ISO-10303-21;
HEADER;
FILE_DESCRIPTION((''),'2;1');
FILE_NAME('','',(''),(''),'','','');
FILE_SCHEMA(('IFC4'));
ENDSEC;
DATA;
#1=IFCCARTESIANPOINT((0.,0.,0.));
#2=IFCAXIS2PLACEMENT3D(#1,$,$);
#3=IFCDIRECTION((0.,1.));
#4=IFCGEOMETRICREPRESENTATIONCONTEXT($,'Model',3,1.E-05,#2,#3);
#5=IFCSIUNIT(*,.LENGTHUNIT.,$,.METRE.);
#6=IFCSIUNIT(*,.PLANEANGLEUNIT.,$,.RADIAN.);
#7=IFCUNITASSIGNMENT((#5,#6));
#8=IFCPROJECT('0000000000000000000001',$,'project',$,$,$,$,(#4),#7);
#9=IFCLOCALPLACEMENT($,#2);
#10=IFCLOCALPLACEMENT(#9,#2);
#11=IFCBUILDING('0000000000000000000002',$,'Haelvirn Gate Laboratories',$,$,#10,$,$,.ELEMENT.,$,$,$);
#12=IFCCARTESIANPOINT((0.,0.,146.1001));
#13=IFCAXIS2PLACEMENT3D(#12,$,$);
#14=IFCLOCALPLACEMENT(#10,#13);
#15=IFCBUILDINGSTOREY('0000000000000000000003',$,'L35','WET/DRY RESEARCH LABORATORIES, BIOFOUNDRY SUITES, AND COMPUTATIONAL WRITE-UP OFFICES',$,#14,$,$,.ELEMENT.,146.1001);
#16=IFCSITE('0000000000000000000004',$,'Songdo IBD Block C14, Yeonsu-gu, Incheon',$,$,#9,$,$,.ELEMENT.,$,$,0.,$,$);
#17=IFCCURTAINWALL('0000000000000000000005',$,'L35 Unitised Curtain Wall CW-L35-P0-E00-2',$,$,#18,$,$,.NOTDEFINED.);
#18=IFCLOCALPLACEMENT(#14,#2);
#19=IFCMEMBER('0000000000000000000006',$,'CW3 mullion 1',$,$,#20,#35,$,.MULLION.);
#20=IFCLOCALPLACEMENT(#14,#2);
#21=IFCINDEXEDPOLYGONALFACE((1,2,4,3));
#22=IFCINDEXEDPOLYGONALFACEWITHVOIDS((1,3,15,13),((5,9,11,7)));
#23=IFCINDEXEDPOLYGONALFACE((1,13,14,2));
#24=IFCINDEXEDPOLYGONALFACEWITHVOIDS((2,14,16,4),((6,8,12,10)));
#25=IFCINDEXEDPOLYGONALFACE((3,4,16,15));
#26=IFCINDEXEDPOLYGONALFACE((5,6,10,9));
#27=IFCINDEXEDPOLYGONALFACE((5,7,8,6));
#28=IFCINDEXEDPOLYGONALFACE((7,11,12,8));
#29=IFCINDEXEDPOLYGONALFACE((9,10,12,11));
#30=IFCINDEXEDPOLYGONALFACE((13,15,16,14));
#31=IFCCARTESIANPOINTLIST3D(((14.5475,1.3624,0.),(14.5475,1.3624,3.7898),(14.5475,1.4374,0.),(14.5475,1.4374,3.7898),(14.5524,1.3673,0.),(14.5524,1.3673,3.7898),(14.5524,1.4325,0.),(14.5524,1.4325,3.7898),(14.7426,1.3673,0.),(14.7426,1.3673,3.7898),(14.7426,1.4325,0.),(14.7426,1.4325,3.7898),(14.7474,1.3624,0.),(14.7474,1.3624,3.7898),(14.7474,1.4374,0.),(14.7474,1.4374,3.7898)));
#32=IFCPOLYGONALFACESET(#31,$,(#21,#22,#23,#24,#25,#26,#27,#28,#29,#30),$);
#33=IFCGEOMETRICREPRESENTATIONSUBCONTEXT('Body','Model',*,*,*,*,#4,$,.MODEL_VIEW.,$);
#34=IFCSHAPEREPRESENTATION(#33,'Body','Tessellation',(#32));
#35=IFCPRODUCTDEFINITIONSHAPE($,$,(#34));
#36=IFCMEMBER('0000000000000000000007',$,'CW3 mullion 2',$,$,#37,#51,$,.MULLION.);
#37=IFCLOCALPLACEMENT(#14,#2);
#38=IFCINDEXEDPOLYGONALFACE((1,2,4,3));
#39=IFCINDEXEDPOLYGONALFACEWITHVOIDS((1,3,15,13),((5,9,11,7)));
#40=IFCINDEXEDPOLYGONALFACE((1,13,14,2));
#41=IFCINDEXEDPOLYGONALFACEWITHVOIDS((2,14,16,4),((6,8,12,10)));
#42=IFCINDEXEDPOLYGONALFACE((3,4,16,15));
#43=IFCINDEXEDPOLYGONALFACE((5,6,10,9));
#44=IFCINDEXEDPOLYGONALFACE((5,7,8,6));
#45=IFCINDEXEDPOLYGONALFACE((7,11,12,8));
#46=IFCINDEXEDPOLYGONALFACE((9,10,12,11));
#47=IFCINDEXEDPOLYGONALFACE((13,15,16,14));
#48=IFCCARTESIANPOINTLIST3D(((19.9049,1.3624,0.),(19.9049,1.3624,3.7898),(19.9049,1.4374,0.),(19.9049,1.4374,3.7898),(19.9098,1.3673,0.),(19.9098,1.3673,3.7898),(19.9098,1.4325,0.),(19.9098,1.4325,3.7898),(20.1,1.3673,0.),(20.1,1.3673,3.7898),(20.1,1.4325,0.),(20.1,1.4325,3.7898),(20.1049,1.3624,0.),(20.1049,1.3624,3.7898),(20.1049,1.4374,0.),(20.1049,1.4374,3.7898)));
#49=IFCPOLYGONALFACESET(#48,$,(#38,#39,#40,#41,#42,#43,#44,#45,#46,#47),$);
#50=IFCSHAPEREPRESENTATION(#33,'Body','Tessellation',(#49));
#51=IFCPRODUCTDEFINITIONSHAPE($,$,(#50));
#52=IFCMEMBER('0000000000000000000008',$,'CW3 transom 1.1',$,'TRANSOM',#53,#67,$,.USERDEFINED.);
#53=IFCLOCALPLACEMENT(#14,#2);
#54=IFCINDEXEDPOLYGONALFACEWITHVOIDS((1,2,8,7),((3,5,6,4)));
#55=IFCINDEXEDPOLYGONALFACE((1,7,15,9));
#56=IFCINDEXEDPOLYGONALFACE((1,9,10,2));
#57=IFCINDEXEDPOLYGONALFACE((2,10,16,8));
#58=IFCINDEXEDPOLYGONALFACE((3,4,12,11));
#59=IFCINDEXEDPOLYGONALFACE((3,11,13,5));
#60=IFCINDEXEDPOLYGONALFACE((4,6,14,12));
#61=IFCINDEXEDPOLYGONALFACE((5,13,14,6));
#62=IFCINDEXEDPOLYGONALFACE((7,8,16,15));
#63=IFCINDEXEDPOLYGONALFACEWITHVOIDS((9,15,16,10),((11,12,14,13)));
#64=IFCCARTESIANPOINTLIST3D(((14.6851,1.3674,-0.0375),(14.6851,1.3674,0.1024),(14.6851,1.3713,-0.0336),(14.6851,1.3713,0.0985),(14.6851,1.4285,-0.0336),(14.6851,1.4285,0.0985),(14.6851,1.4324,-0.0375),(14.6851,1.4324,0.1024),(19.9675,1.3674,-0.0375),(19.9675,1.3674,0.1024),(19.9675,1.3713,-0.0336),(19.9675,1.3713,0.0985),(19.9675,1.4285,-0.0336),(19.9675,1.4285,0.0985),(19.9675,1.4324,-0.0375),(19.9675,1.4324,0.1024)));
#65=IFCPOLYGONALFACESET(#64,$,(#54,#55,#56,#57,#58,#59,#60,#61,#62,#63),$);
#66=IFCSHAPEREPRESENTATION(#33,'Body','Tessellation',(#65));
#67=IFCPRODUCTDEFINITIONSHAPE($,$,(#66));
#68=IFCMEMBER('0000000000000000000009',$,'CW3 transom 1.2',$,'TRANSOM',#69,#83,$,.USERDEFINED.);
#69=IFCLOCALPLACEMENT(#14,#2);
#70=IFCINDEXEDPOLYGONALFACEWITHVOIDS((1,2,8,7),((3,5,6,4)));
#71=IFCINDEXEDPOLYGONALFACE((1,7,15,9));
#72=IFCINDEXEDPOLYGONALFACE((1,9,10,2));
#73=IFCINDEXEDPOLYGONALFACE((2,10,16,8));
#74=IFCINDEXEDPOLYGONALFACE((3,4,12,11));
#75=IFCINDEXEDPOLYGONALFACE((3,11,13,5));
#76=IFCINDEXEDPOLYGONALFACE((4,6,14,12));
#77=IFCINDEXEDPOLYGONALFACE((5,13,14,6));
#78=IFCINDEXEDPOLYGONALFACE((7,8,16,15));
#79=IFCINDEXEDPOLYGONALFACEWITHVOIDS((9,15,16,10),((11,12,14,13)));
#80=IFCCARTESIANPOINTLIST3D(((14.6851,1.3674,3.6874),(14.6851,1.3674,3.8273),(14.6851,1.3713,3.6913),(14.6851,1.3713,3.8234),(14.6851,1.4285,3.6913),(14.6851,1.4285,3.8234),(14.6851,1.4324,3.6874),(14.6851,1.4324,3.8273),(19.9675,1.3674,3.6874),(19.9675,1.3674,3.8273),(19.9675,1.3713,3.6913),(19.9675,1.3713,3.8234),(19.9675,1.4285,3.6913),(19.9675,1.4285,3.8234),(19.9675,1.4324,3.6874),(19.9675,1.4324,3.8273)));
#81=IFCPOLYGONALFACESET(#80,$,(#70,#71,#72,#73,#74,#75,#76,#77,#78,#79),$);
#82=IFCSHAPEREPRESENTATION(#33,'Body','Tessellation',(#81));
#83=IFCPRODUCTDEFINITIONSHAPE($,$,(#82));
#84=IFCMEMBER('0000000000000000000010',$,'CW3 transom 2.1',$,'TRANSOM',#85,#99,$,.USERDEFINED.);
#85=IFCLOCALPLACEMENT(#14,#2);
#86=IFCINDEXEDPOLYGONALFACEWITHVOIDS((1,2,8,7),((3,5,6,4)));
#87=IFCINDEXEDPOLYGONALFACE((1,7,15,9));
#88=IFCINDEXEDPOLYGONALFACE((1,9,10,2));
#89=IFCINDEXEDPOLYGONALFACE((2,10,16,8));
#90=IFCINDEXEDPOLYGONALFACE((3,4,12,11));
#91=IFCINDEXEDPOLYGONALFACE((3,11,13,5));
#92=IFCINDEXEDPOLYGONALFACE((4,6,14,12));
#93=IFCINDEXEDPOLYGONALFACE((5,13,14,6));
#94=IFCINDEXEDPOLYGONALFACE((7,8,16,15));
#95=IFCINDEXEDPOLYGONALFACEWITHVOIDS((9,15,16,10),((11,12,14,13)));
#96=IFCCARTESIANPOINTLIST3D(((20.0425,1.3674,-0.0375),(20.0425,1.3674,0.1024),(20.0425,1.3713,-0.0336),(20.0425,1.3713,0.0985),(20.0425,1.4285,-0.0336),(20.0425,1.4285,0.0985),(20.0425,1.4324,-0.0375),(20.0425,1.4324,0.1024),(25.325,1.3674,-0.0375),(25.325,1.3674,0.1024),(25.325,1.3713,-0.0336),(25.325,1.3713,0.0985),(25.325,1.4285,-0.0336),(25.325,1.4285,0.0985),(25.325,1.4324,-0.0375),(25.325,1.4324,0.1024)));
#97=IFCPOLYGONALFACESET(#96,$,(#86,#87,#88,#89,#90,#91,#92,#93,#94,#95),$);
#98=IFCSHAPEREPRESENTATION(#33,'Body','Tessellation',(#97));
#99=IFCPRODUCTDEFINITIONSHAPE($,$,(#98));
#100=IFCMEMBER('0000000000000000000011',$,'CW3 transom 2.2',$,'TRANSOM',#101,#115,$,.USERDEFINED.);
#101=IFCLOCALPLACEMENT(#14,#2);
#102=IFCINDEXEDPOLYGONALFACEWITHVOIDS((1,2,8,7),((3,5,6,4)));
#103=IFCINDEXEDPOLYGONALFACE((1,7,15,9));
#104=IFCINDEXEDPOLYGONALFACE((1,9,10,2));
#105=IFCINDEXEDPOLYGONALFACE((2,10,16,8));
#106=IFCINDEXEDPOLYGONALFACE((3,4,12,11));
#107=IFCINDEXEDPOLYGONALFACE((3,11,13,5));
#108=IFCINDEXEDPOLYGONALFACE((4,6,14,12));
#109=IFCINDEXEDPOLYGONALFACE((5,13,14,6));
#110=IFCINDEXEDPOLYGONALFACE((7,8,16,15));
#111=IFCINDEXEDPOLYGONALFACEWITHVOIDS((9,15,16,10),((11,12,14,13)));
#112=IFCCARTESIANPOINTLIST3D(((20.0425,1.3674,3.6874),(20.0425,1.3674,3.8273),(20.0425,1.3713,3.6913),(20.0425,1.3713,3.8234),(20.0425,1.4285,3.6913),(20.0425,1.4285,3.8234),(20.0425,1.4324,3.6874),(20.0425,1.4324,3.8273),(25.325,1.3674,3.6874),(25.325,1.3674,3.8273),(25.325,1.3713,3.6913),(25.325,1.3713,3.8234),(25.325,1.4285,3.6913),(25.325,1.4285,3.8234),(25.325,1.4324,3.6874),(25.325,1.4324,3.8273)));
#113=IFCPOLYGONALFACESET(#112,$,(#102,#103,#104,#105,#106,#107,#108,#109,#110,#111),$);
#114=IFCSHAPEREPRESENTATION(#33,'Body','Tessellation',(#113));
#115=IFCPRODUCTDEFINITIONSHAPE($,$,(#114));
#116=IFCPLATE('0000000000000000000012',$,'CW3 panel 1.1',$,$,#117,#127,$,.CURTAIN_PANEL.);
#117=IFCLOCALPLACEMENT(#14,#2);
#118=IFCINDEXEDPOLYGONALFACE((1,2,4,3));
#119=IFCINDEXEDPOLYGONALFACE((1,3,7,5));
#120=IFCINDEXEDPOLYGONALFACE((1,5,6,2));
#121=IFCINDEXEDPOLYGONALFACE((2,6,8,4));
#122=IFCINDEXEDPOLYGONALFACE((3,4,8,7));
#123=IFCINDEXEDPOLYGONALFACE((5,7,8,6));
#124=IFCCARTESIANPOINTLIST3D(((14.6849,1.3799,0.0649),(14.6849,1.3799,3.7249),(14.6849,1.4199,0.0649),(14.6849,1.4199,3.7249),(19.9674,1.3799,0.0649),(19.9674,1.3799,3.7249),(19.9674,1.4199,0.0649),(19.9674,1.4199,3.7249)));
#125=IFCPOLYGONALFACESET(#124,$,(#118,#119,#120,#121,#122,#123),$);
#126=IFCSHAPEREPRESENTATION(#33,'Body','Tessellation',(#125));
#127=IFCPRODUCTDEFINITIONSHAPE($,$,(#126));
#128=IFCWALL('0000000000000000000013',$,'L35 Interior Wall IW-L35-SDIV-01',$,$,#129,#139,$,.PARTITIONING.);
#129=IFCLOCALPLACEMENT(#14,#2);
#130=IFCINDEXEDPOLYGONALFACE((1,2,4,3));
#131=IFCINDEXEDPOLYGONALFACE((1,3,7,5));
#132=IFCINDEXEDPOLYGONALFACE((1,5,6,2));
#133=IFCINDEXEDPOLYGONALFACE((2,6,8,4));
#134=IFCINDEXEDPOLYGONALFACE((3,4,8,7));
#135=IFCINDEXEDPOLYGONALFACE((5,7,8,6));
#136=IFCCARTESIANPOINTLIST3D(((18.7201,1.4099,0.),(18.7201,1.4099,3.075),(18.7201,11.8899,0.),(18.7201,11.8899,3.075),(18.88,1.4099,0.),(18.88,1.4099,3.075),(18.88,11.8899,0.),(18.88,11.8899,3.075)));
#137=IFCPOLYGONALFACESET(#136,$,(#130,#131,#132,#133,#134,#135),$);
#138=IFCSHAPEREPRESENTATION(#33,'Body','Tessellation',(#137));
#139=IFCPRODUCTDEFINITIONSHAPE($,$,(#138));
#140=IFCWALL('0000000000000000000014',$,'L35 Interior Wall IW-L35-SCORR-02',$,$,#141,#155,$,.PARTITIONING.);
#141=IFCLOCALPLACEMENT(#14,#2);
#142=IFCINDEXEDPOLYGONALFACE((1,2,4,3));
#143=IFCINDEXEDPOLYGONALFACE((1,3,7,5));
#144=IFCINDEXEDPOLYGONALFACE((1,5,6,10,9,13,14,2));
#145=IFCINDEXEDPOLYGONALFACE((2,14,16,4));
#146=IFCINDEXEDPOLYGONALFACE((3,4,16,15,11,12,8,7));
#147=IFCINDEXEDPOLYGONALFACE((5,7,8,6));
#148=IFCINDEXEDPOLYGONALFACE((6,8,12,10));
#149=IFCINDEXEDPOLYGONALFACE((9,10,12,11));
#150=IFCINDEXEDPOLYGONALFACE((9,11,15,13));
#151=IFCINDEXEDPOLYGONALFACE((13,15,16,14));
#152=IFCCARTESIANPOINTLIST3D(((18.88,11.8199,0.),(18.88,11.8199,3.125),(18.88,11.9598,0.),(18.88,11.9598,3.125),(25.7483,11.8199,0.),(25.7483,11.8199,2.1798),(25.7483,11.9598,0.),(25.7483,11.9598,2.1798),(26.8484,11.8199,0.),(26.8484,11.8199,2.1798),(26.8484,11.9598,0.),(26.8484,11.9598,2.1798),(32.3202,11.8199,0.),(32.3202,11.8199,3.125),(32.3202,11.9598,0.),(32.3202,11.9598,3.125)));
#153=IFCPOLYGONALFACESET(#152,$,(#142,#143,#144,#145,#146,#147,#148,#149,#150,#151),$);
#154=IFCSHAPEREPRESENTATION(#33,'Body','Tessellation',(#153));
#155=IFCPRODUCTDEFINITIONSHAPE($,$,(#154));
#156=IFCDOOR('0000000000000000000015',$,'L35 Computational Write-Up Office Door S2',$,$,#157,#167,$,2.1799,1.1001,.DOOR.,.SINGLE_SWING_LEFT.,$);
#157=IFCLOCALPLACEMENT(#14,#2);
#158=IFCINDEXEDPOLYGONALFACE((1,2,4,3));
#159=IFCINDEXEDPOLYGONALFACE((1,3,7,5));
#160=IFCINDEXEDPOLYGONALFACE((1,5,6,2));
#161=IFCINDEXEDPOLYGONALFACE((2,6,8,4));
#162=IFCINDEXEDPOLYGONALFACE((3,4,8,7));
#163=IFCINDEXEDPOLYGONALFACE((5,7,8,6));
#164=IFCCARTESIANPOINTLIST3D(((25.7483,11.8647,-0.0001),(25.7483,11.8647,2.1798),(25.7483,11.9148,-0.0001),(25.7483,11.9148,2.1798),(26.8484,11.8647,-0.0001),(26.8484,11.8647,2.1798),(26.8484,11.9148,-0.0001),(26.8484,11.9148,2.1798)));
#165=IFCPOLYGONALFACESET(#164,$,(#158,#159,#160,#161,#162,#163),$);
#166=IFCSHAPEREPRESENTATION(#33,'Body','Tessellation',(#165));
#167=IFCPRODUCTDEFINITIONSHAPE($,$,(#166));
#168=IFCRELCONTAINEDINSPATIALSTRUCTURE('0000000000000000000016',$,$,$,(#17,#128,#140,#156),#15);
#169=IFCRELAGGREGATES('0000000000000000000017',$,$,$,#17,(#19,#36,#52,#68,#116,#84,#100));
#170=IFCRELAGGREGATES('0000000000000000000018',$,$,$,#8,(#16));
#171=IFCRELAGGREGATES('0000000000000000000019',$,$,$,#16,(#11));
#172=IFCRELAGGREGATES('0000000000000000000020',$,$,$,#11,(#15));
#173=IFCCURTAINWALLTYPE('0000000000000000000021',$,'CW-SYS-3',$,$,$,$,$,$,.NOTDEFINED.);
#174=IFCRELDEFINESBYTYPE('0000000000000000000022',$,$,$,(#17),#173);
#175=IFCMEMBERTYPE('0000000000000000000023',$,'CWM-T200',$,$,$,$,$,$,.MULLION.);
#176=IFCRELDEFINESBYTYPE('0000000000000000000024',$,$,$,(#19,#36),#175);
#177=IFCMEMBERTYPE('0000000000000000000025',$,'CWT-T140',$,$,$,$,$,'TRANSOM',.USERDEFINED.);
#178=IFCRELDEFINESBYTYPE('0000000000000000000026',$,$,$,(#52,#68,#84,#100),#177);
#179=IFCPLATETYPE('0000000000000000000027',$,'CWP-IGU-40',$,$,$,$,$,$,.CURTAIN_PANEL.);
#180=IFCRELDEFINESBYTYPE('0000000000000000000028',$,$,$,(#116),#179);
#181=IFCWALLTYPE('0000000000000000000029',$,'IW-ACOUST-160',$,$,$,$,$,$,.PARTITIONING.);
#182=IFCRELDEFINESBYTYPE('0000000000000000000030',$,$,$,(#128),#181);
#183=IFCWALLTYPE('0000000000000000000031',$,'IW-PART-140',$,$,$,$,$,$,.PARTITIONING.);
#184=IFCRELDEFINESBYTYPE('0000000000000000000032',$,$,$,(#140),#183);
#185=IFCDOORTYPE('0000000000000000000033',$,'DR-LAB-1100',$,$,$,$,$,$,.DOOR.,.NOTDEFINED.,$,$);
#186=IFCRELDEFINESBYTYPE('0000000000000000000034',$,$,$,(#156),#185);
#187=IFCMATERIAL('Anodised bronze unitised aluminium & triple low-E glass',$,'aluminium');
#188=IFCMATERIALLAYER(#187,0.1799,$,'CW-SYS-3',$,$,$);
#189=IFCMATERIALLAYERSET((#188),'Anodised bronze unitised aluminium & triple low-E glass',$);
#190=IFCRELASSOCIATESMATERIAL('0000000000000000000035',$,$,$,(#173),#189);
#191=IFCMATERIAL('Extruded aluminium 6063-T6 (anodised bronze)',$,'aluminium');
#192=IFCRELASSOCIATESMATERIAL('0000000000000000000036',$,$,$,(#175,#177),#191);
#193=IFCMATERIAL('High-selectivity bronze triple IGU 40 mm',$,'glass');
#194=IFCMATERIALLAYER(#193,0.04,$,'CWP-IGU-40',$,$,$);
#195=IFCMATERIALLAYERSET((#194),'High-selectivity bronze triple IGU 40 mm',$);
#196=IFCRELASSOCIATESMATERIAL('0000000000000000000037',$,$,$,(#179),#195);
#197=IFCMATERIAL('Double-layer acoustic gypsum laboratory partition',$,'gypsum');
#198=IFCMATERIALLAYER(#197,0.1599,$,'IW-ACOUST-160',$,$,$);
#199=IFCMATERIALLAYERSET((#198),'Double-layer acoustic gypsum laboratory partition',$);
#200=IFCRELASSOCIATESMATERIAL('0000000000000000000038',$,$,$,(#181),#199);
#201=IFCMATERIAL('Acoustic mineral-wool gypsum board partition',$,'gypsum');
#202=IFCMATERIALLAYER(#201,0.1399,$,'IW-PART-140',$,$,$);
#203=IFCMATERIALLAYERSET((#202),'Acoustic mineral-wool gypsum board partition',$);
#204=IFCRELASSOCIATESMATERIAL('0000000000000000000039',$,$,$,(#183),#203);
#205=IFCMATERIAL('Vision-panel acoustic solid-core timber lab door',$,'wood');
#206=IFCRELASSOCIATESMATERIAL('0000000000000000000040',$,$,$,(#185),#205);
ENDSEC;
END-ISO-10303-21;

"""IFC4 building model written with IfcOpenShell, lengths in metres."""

from ifc_helpers import new_model, si_unit, direction, frame, frame_2d, origin, origin_2d, place, context, subcontext, project, spatial, rectangle, hollow_rectangle, extrude, source, transform, mapped, material, layer, layer_set, material_profile, profile_set, type_object, type_shapes, element, fill, aggregate, save


model = new_model("IFC4")

# Units and contexts
model_context = context("Model", 3, precision=1e-05, world=origin(), true_north=direction((0.0, 1.0)))
body_context = subcontext(model_context, "Body", "Model", "MODEL_VIEW")
ifc_project = project(units=[si_unit("LENGTHUNIT", "METRE"), si_unit("PLANEANGLEUNIT", "RADIAN")], contexts=[model_context])

# Site, building, storey
site_placement = place(None, origin())
site = spatial("IfcSite", under=ifc_project, at=site_placement, Name="Songdo IBD Block C14, Yeonsu-gu, Incheon", CompositionType="ELEMENT", RefElevation=0.0)
building_placement = place(site_placement, origin())
building = spatial("IfcBuilding", under=site, at=building_placement, Name="Haelvirn Gate Laboratories", CompositionType="ELEMENT")
storey_placement = place(building_placement, frame((0.0, 0.0, 146.1001)))
storey = spatial("IfcBuildingStorey", under=building, at=storey_placement, Name="L35", Description="WET/DRY RESEARCH LABORATORIES, BIOFOUNDRY SUITES, AND COMPUTATIONAL WRITE-UP OFFICES", CompositionType="ELEMENT", Elevation=146.1001)

# Curtain wall, members, plate
ifc_material_1 = material(Name="Anodised bronze unitised aluminium & triple low-E glass", Category="aluminium")
ifc_layer_1 = layer(ifc_material_1, 0.1799, Name="CW-SYS-3")
ifc_layer_set_1 = layer_set([ifc_layer_1], Name="Anodised bronze unitised aluminium & triple low-E glass")
curtain_wall_type = type_object("IfcCurtainWallType", Name="CW-SYS-3", PredefinedType="NOTDEFINED", material=ifc_layer_set_1)
curtain_wall_placement = place(storey_placement, origin())
curtain_wall = element("IfcCurtainWall", 1, at=curtain_wall_placement, inside=storey, type_object=curtain_wall_type, Name="L35 Unitised Curtain Wall CW-L35-P0-E00-2", PredefinedType="NOTDEFINED")
ifc_material_2 = material(Name="Extruded aluminium 6063-T6 (anodised bronze)", Category="aluminium")
ifc_material_profile_1 = material_profile(ifc_material_2, hollow_rectangle(XDim=0.075, YDim=0.2, WallThickness=0.0049, at=origin_2d()), Name="CWM-200x75x5")
ifc_profile_set_1 = profile_set([ifc_material_profile_1], Name="Extruded aluminium 6063-T6 (anodised bronze)")
member_type_1 = type_object("IfcMemberType", Name="CWM-T200", PredefinedType="MULLION", material=ifc_profile_set_1)
shared_shape_1 = source(origin(), body_context, "Body", "SweptSolid", [
    extrude(hollow_rectangle(XDim=0.075, YDim=0.2, WallThickness=0.0049, at=origin_2d()), origin(), (0.0, 0.0, 1.0), 3.7898),
])
type_shapes(member_type_1, [shared_shape_1])
member_1_placement = place(storey_placement, frame((14.6475, 1.3999, 0.0), z_axis=(0.0, 0.0, 1.0), x_axis=(0.0, 1.0, 0.0)))
member_1 = element("IfcMember", 2, at=member_1_placement, type_object=member_type_1, Name="CW3 mullion 1", PredefinedType="MULLION", context=body_context, shape_type="MappedRepresentation", body=[
    mapped(shared_shape_1, transform((0.0, 0.0, 0.0), scale=1.0)),
])
member_2_placement = place(storey_placement, frame((20.0049, 1.3999, 0.0), z_axis=(0.0, 0.0, 1.0), x_axis=(0.0, 1.0, 0.0)))
member_2 = element("IfcMember", 3, at=member_2_placement, type_object=member_type_1, Name="CW3 mullion 2", PredefinedType="MULLION", context=body_context, shape_type="MappedRepresentation", body=[
    mapped(shared_shape_1, transform((0.0, 0.0, 0.0), scale=1.0)),
])
ifc_material_profile_2 = material_profile(ifc_material_2, hollow_rectangle(XDim=0.0649, YDim=0.1399, WallThickness=0.0039, at=origin_2d()), Name="CWT-140x65x4")
ifc_profile_set_2 = profile_set([ifc_material_profile_2], Name="Extruded aluminium 6063-T6 (anodised bronze)")
member_type_2 = type_object("IfcMemberType", Name="CWT-T140", ElementType="TRANSOM", PredefinedType="USERDEFINED", material=ifc_profile_set_2)
shared_shape_2 = source(origin(), body_context, "Body", "SweptSolid", [
    extrude(hollow_rectangle(XDim=0.0649, YDim=0.1399, WallThickness=0.0039, at=origin_2d()), origin(), (0.0, 0.0, 1.0), 5.2825),
])
type_shapes(member_type_2, [shared_shape_2])
member_3_placement = place(storey_placement, frame((14.6851, 1.3999, 0.0325), z_axis=(1.0, 0.0, 0.0), x_axis=(0.0, 1.0, 0.0)))
member_3 = element("IfcMember", 4, at=member_3_placement, type_object=member_type_2, Name="CW3 transom 1.1", ObjectType="TRANSOM", PredefinedType="USERDEFINED", context=body_context, shape_type="MappedRepresentation", body=[
    mapped(shared_shape_2, transform((0.0, 0.0, 0.0), scale=1.0)),
])
member_4_placement = place(storey_placement, frame((14.6851, 1.3999, 3.7573), z_axis=(1.0, 0.0, 0.0), x_axis=(0.0, 1.0, 0.0)))
member_4 = element("IfcMember", 5, at=member_4_placement, type_object=member_type_2, Name="CW3 transom 1.2", ObjectType="TRANSOM", PredefinedType="USERDEFINED", context=body_context, shape_type="MappedRepresentation", body=[
    mapped(shared_shape_2, transform((0.0, 0.0, 0.0), scale=1.0)),
])
member_5_placement = place(storey_placement, frame((20.0425, 1.3999, 0.0325), z_axis=(1.0, 0.0, 0.0), x_axis=(0.0, 1.0, 0.0)))
member_5 = element("IfcMember", 6, at=member_5_placement, type_object=member_type_2, Name="CW3 transom 2.1", ObjectType="TRANSOM", PredefinedType="USERDEFINED", context=body_context, shape_type="MappedRepresentation", body=[
    mapped(shared_shape_2, transform((0.0, 0.0, 0.0), scale=1.0)),
])
member_6_placement = place(storey_placement, frame((20.0425, 1.3999, 3.7573), z_axis=(1.0, 0.0, 0.0), x_axis=(0.0, 1.0, 0.0)))
member_6 = element("IfcMember", 7, at=member_6_placement, type_object=member_type_2, Name="CW3 transom 2.2", ObjectType="TRANSOM", PredefinedType="USERDEFINED", context=body_context, shape_type="MappedRepresentation", body=[
    mapped(shared_shape_2, transform((0.0, 0.0, 0.0), scale=1.0)),
])
ifc_material_3 = material(Name="High-selectivity bronze triple IGU 40 mm", Category="glass")
ifc_layer_2 = layer(ifc_material_3, 0.04, Name="CWP-IGU-40")
ifc_layer_set_2 = layer_set([ifc_layer_2], Name="High-selectivity bronze triple IGU 40 mm")
plate_type = type_object("IfcPlateType", Name="CWP-IGU-40", PredefinedType="CURTAIN_PANEL", material=ifc_layer_set_2)
shared_shape_3 = source(origin(), body_context, "Body", "SweptSolid", [
    extrude(rectangle(XDim=5.2825, YDim=0.04, at=origin_2d()), origin(), (0.0, 0.0, 1.0), 3.6599),
])
type_shapes(plate_type, [shared_shape_3])
plate_placement = place(storey_placement, frame((17.3262, 1.3999, 0.0649), z_axis=(0.0, 0.0, 1.0), x_axis=(1.0, 0.0, 0.0)))
plate = element("IfcPlate", 8, at=plate_placement, type_object=plate_type, Name="CW3 panel 1.1", PredefinedType="CURTAIN_PANEL", context=body_context, shape_type="MappedRepresentation", body=[
    mapped(shared_shape_3, transform((0.0, 0.0, 0.0), scale=1.0)),
])
aggregate(curtain_wall, [member_1, member_2, member_3, member_4, plate, member_5, member_6])

# Wall
ifc_material_4 = material(Name="Double-layer acoustic gypsum laboratory partition", Category="gypsum")
ifc_layer_3 = layer(ifc_material_4, 0.1599, Name="IW-ACOUST-160")
ifc_layer_set_3 = layer_set([ifc_layer_3], Name="Double-layer acoustic gypsum laboratory partition")
wall_type_1 = type_object("IfcWallType", Name="IW-ACOUST-160", PredefinedType="PARTITIONING", material=ifc_layer_set_3)
wall_1_placement = place(storey_placement, frame((18.8, 1.4099, 0.0), z_axis=(0.0, 0.0, 1.0), x_axis=(0.0, 1.0, 0.0)))
element("IfcWall", 9, at=wall_1_placement, inside=storey, type_object=wall_type_1, Name="L35 Interior Wall IW-L35-SDIV-01", PredefinedType="PARTITIONING", context=body_context, shape_type="SweptSolid", body=[
    extrude(rectangle(XDim=10.48, YDim=0.1599, at=frame_2d((5.24, 0.0))), origin(), (0.0, 0.0, 1.0), 3.075),
])

# Wall, opening, door
ifc_material_5 = material(Name="Acoustic mineral-wool gypsum board partition", Category="gypsum")
ifc_layer_4 = layer(ifc_material_5, 0.1399, Name="IW-PART-140")
ifc_layer_set_4 = layer_set([ifc_layer_4], Name="Acoustic mineral-wool gypsum board partition")
wall_type_2 = type_object("IfcWallType", Name="IW-PART-140", PredefinedType="PARTITIONING", material=ifc_layer_set_4)
wall_2_placement = place(storey_placement, frame((18.8799, 11.8899, 0.0), z_axis=(0.0, 0.0, 1.0), x_axis=(1.0, 0.0, 0.0)))
wall_2 = element("IfcWall", 10, at=wall_2_placement, inside=storey, type_object=wall_type_2, Name="L35 Interior Wall IW-L35-SCORR-02", PredefinedType="PARTITIONING", context=body_context, shape_type="SweptSolid", body=[
    extrude(rectangle(XDim=13.4402, YDim=0.1399, at=frame_2d((6.7202, 0.0))), origin(), (0.0, 0.0, 1.0), 3.125),
])
opening_1_placement = place(wall_2_placement, frame((6.8684, 0.0, 0.0)))
opening_1 = element("IfcOpeningElement", 11, at=opening_1_placement, cuts=wall_2, PredefinedType="OPENING", context=body_context, shape_type="SweptSolid", body=[
    extrude(rectangle(XDim=1.1001, YDim=2.1799, at=frame_2d((0.55, 1.0898))), frame((0.0, 0.0801, 0.0), z_axis=(0.0, -1.0, 0.0), x_axis=(1.0, 0.0, 0.0)), (0.0, 0.0, 1.0), 0.1599),
])
ifc_material_6 = material(Name="Vision-panel acoustic solid-core timber lab door", Category="wood")
door_type_1 = type_object("IfcDoorType", Name="DR-LAB-1100", OperationType="NOTDEFINED", PredefinedType="DOOR", material=ifc_material_6)
shared_shape_4 = source(origin(), body_context, "Body", "SweptSolid", [
    extrude(rectangle(XDim=1.1001, YDim=2.1799, at=frame_2d((0.55, 1.0898))), frame((0.0, 0.0249, 0.0), z_axis=(0.0, -1.0, 0.0), x_axis=(1.0, 0.0, 0.0)), (0.0, 0.0, 1.0), 0.05),
])
type_shapes(door_type_1, [shared_shape_4])
door_1_placement = place(opening_1_placement, origin())
door_1 = element("IfcDoor", 12, at=door_1_placement, inside=storey, type_object=door_type_1, Name="L35 Computational Write-Up Office Door S2", OperationType="SINGLE_SWING_LEFT", OverallHeight=2.1799, OverallWidth=1.1001, PredefinedType="DOOR", context=body_context, shape_type="MappedRepresentation", body=[
    mapped(shared_shape_4, transform((0.0, 0.0, 0.0), scale=1.0)),
])
fill(opening_1, door_1)

save(model, "model.ifc")
